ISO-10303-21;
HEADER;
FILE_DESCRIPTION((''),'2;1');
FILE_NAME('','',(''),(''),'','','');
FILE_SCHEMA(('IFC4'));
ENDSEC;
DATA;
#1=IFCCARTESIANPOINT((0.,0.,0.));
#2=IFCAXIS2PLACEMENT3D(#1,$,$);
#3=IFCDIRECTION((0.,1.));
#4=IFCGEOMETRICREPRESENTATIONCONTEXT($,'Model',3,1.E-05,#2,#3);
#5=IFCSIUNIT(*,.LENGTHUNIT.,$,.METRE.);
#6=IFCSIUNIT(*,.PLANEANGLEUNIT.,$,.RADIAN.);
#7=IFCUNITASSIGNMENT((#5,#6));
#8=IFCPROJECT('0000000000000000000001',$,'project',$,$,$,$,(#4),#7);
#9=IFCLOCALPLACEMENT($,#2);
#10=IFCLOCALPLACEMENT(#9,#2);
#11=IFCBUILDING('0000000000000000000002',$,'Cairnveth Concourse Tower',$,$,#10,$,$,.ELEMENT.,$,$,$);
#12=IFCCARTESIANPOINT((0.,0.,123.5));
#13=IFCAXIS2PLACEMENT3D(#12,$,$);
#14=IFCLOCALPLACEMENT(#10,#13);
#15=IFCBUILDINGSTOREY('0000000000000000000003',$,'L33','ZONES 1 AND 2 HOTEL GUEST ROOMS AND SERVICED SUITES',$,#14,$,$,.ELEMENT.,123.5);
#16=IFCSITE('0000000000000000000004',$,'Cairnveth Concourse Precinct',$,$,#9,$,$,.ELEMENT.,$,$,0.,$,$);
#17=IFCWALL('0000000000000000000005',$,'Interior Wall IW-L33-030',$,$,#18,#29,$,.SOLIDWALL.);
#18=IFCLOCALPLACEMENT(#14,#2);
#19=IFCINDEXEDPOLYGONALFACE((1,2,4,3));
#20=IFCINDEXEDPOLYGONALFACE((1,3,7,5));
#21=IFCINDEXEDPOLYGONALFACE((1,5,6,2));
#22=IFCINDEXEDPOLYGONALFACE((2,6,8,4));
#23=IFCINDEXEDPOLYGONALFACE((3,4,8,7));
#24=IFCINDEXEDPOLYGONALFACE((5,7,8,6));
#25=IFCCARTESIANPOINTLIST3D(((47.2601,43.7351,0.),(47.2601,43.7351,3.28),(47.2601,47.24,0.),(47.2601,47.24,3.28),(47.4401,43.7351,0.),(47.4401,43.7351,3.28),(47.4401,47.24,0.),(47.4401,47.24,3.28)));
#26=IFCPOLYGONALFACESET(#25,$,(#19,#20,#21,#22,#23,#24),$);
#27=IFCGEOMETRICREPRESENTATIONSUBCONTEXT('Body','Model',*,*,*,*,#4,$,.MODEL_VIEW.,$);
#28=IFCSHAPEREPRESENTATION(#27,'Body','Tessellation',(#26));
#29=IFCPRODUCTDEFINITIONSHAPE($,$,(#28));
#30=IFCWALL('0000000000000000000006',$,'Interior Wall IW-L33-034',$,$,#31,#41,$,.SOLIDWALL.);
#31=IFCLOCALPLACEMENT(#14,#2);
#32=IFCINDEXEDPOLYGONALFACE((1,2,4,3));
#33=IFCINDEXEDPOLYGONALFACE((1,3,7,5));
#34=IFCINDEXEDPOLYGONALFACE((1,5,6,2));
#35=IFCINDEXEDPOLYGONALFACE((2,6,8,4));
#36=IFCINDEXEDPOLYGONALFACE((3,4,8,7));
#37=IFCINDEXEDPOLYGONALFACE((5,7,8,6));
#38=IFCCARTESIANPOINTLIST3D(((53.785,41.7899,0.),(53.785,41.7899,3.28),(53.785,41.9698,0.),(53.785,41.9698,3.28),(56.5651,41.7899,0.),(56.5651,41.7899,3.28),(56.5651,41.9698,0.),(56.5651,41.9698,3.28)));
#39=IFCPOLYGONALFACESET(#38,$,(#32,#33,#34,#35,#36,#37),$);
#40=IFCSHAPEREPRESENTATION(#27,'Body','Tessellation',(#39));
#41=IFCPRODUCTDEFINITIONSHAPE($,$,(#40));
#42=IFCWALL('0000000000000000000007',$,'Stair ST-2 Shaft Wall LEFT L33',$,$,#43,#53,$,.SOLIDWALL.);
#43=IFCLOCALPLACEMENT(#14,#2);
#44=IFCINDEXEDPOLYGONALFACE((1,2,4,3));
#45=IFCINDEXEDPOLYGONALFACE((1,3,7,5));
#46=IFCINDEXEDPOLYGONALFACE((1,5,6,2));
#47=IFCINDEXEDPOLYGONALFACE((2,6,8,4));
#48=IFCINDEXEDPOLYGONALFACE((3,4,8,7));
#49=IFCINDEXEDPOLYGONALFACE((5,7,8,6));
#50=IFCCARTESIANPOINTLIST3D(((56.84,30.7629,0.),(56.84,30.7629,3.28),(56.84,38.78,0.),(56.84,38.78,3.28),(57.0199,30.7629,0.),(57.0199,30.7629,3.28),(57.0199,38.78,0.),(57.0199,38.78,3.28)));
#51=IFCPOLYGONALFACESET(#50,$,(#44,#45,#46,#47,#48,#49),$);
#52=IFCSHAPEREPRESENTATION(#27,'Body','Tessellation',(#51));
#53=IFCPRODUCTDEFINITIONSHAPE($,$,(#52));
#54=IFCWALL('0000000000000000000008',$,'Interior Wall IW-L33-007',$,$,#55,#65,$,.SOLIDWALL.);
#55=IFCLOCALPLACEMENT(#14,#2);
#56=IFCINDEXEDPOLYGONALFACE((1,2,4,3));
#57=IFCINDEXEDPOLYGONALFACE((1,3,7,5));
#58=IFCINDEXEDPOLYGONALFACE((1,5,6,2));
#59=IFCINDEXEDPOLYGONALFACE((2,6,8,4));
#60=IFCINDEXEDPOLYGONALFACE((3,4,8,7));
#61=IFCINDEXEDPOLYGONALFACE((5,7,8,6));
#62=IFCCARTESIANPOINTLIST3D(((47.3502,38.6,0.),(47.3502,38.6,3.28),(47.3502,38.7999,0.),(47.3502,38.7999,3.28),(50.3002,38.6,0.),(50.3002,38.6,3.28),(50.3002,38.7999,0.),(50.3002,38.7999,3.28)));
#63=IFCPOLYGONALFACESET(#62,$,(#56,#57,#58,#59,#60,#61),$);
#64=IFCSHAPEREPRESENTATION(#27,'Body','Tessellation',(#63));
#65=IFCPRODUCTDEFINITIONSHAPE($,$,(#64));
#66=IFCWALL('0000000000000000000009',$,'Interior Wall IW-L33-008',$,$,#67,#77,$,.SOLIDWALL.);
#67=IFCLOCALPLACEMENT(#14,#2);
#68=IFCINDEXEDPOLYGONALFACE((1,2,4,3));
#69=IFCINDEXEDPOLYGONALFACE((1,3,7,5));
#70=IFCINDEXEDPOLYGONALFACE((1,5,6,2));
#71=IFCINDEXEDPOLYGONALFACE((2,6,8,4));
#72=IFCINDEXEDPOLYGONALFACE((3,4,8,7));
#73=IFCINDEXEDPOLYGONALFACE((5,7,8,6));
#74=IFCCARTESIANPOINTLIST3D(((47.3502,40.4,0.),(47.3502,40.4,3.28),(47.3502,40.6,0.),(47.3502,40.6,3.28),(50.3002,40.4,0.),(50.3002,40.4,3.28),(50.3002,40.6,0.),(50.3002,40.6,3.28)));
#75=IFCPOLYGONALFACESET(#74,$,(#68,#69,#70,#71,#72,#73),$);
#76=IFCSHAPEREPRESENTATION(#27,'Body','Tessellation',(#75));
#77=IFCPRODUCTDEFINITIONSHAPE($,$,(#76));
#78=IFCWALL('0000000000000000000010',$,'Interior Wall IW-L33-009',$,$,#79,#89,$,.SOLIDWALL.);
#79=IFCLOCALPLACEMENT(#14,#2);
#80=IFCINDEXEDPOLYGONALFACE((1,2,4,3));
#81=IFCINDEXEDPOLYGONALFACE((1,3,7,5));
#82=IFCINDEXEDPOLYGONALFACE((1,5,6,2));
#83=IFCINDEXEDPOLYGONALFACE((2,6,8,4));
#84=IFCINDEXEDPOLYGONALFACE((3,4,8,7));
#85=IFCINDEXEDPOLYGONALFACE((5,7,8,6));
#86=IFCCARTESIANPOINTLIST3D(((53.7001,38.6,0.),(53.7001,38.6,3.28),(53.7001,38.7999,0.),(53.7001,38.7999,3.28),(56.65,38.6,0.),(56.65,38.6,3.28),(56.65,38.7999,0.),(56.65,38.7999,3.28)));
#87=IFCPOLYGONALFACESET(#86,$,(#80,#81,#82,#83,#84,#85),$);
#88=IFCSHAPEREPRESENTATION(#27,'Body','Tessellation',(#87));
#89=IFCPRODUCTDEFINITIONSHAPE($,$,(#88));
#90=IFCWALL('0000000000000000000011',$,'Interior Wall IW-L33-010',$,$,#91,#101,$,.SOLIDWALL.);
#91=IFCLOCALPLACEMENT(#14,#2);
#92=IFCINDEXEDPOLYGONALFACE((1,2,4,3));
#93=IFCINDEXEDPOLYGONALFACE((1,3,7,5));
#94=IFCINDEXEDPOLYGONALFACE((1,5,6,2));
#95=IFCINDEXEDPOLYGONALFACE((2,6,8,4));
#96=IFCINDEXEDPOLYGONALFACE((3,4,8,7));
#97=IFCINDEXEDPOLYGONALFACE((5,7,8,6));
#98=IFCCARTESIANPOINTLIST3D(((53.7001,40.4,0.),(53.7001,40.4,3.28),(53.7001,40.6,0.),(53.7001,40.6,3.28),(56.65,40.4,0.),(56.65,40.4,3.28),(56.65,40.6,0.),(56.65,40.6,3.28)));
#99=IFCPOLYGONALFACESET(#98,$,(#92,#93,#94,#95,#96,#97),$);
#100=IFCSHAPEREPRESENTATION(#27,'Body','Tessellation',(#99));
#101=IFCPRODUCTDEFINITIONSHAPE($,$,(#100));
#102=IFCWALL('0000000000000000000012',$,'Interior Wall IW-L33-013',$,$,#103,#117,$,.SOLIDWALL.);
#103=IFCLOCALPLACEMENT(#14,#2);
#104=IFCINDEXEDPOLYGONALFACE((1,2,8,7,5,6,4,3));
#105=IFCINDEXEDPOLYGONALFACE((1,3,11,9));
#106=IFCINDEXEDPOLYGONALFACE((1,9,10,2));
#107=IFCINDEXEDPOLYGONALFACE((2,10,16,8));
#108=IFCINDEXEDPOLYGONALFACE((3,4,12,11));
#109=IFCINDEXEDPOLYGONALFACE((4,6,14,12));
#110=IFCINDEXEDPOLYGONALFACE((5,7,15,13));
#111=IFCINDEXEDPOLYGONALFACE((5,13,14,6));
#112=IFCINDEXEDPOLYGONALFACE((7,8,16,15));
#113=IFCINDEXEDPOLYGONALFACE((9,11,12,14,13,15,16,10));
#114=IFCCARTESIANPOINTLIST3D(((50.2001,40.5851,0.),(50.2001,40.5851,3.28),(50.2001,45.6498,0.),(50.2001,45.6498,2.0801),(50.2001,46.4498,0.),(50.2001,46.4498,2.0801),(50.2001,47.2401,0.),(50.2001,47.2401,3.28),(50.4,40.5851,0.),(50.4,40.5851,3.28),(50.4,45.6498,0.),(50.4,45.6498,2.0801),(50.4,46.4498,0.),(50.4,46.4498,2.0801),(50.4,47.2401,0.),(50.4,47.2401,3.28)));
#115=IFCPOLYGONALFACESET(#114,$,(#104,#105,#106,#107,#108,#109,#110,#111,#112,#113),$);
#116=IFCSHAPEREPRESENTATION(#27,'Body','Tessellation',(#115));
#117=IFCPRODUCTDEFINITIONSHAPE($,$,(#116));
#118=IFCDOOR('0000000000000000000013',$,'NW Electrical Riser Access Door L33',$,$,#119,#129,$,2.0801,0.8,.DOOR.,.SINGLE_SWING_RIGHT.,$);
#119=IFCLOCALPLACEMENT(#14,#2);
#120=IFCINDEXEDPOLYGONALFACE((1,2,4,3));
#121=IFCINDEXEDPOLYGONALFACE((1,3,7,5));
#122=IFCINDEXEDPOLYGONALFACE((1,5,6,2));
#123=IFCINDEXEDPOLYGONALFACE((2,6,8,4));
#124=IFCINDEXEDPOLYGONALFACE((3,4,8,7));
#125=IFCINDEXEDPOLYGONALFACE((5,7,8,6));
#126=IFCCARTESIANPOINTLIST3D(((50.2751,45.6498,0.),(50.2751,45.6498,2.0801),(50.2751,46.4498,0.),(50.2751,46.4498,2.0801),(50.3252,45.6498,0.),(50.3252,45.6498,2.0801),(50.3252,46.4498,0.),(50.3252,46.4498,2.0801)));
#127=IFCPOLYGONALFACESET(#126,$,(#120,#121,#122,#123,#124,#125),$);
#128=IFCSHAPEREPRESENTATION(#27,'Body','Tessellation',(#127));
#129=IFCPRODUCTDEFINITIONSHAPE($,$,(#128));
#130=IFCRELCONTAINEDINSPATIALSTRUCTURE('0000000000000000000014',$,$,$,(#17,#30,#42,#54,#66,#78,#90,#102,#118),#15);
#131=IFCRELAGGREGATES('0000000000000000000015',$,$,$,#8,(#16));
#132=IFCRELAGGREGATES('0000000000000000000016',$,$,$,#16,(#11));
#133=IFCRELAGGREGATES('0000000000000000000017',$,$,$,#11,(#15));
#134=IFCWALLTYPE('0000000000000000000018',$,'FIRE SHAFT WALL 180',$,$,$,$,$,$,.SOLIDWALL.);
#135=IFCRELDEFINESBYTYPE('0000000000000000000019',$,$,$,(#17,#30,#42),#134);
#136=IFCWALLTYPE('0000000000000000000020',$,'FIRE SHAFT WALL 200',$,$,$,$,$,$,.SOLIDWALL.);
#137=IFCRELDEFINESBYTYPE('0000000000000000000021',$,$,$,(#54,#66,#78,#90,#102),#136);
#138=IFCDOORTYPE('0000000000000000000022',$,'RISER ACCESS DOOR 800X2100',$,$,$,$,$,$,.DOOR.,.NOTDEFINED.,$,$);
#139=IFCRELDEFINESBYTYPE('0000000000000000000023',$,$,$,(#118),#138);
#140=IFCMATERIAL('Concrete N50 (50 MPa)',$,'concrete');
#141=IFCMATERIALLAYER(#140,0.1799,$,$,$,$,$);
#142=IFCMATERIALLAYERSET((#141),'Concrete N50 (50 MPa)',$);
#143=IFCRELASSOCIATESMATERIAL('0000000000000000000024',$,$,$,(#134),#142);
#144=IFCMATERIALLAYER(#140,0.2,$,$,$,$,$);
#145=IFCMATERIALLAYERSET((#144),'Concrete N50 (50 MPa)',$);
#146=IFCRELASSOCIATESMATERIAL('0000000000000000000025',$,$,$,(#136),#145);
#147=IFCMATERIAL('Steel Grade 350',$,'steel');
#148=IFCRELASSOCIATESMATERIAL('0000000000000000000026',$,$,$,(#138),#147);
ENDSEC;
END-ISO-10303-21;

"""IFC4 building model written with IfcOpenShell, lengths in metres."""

from ifc_helpers import new_model, si_unit, direction, frame, frame_2d, origin, place, context, subcontext, project, spatial, rectangle, extrude, material, layer, layer_set, type_object, element, fill, save


model = new_model("IFC4")

# Units and contexts
model_context = context("Model", 3, precision=1e-05, world=origin(), true_north=direction((0.0, 1.0)))
body_context = subcontext(model_context, "Body", "Model", "MODEL_VIEW")
ifc_project = project(units=[si_unit("LENGTHUNIT", "METRE"), si_unit("PLANEANGLEUNIT", "RADIAN")], contexts=[model_context])

# Site, building, storey
site_placement = place(None, origin())
site = spatial("IfcSite", under=ifc_project, at=site_placement, Name="Cairnveth Concourse Precinct", CompositionType="ELEMENT", RefElevation=0.0)
building_placement = place(site_placement, origin())
building = spatial("IfcBuilding", under=site, at=building_placement, Name="Cairnveth Concourse Tower", CompositionType="ELEMENT")
storey_placement = place(building_placement, frame((0.0, 0.0, 123.5)))
storey = spatial("IfcBuildingStorey", under=building, at=storey_placement, Name="L33", Description="ZONES 1 AND 2 HOTEL GUEST ROOMS AND SERVICED SUITES", CompositionType="ELEMENT", Elevation=123.5)

# Walls
ifc_material_1 = material(Name="Concrete N50 (50 MPa)", Category="concrete")
ifc_layer_1 = layer(ifc_material_1, 0.1799)
ifc_layer_set_1 = layer_set([ifc_layer_1], Name="Concrete N50 (50 MPa)")
wall_type_1 = type_object("IfcWallType", Name="FIRE SHAFT WALL 180", PredefinedType="SOLIDWALL", material=ifc_layer_set_1)
wall_1_placement = place(storey_placement, frame((47.3501, 43.7351, 0.0), z_axis=(0.0, 0.0, 1.0), x_axis=(0.0, 1.0, 0.0)))
element("IfcWall", 1, at=wall_1_placement, inside=storey, type_object=wall_type_1, Name="Interior Wall IW-L33-030", PredefinedType="SOLIDWALL", context=body_context, shape_type="SweptSolid", body=[
    extrude(rectangle(XDim=3.5049, YDim=0.1799, at=frame_2d((1.7524, 0.0))), origin(), (0.0, 0.0, 1.0), 3.28),
])
wall_2_placement = place(storey_placement, frame((53.7849, 41.8799, 0.0), z_axis=(0.0, 0.0, 1.0), x_axis=(1.0, 0.0, 0.0)))
element("IfcWall", 2, at=wall_2_placement, inside=storey, type_object=wall_type_1, Name="Interior Wall IW-L33-034", PredefinedType="SOLIDWALL", context=body_context, shape_type="SweptSolid", body=[
    extrude(rectangle(XDim=2.78, YDim=0.1799, at=frame_2d((1.3901, 0.0))), origin(), (0.0, 0.0, 1.0), 3.28),
])

# Shared definitions
ifc_material_2 = material(Name="Steel Grade 350", Category="steel")

# Walls
wall_3_placement = place(storey_placement, frame((56.9299, 38.78, 0.0), z_axis=(0.0, 0.0, 1.0), x_axis=(0.0, -1.0, 0.0)))
element("IfcWall", 3, at=wall_3_placement, inside=storey, type_object=wall_type_1, Name="Stair ST-2 Shaft Wall LEFT L33", PredefinedType="SOLIDWALL", context=body_context, shape_type="SweptSolid", body=[
    extrude(rectangle(XDim=8.0171, YDim=0.1799, at=frame_2d((4.0085, 0.0))), origin(), (0.0, 0.0, 1.0), 3.28),
])
ifc_layer_2 = layer(ifc_material_1, 0.2)
ifc_layer_set_2 = layer_set([ifc_layer_2], Name="Concrete N50 (50 MPa)")
wall_type_2 = type_object("IfcWallType", Name="FIRE SHAFT WALL 200", PredefinedType="SOLIDWALL", material=ifc_layer_set_2)
for number, where, z_axis, x_axis, name in (
    (4, (47.3501, 38.7, 0.0), (0.0, 0.0, 1.0), (1.0, 0.0, 0.0), "Interior Wall IW-L33-007"),
    (5, (47.3501, 40.5, 0.0), (0.0, 0.0, 1.0), (1.0, 0.0, 0.0), "Interior Wall IW-L33-008"),
    (6, (53.7, 38.7, 0.0), (0.0, 0.0, 1.0), (1.0, 0.0, 0.0), "Interior Wall IW-L33-009"),
    (7, (53.7, 40.5, 0.0), (0.0, 0.0, 1.0), (1.0, 0.0, 0.0), "Interior Wall IW-L33-010"),
):
    element("IfcWall", number, at=place(storey_placement, frame(where, z_axis=z_axis, x_axis=x_axis)), inside=storey, type_object=wall_type_2, Name=name, PredefinedType="SOLIDWALL", context=body_context, shape_type="SweptSolid", body=[
        extrude(rectangle(XDim=2.95, YDim=0.2, at=frame_2d((1.4751, 0.0))), origin(), (0.0, 0.0, 1.0), 3.28),
    ])

# Wall, opening, door
wall_4_placement = place(storey_placement, frame((50.3, 40.585, 0.0), z_axis=(0.0, 0.0, 1.0), x_axis=(0.0, 1.0, 0.0)))
wall_4 = element("IfcWall", 8, at=wall_4_placement, inside=storey, type_object=wall_type_2, Name="Interior Wall IW-L33-013", PredefinedType="SOLIDWALL", context=body_context, shape_type="SweptSolid", body=[
    extrude(rectangle(XDim=6.655, YDim=0.2, at=frame_2d((3.3276, 0.0))), origin(), (0.0, 0.0, 1.0), 3.28),
])
opening_1_placement = place(wall_4_placement, frame((5.0649, 0.0, 0.0)))
opening_1 = element("IfcOpeningElement", 9, at=opening_1_placement, cuts=wall_4, PredefinedType="OPENING", context=body_context, shape_type="SweptSolid", body=[
    extrude(rectangle(XDim=0.8, YDim=2.0801, at=frame_2d((0.3999, 1.04))), frame((0.0, 0.1099, 0.0), z_axis=(0.0, -1.0, 0.0), x_axis=(1.0, 0.0, 0.0)), (0.0, 0.0, 1.0), 0.22),
])
door_type_1 = type_object("IfcDoorType", Name="RISER ACCESS DOOR 800X2100", OperationType="NOTDEFINED", PredefinedType="DOOR", material=ifc_material_2)
door_1_placement = place(opening_1_placement, origin())
door_1 = element("IfcDoor", 10, at=door_1_placement, inside=storey, type_object=door_type_1, Name="NW Electrical Riser Access Door L33", OperationType="SINGLE_SWING_RIGHT", OverallHeight=2.0801, OverallWidth=0.8, PredefinedType="DOOR", context=body_context, shape_type="SweptSolid", body=[
    extrude(rectangle(XDim=0.8, YDim=2.0801, at=frame_2d((0.3999, 1.04))), frame((0.0, 0.0249, 0.0), z_axis=(0.0, -1.0, 0.0), x_axis=(1.0, 0.0, 0.0)), (0.0, 0.0, 1.0), 0.05),
])
fill(opening_1, door_1)

save(model, "model.ifc")
